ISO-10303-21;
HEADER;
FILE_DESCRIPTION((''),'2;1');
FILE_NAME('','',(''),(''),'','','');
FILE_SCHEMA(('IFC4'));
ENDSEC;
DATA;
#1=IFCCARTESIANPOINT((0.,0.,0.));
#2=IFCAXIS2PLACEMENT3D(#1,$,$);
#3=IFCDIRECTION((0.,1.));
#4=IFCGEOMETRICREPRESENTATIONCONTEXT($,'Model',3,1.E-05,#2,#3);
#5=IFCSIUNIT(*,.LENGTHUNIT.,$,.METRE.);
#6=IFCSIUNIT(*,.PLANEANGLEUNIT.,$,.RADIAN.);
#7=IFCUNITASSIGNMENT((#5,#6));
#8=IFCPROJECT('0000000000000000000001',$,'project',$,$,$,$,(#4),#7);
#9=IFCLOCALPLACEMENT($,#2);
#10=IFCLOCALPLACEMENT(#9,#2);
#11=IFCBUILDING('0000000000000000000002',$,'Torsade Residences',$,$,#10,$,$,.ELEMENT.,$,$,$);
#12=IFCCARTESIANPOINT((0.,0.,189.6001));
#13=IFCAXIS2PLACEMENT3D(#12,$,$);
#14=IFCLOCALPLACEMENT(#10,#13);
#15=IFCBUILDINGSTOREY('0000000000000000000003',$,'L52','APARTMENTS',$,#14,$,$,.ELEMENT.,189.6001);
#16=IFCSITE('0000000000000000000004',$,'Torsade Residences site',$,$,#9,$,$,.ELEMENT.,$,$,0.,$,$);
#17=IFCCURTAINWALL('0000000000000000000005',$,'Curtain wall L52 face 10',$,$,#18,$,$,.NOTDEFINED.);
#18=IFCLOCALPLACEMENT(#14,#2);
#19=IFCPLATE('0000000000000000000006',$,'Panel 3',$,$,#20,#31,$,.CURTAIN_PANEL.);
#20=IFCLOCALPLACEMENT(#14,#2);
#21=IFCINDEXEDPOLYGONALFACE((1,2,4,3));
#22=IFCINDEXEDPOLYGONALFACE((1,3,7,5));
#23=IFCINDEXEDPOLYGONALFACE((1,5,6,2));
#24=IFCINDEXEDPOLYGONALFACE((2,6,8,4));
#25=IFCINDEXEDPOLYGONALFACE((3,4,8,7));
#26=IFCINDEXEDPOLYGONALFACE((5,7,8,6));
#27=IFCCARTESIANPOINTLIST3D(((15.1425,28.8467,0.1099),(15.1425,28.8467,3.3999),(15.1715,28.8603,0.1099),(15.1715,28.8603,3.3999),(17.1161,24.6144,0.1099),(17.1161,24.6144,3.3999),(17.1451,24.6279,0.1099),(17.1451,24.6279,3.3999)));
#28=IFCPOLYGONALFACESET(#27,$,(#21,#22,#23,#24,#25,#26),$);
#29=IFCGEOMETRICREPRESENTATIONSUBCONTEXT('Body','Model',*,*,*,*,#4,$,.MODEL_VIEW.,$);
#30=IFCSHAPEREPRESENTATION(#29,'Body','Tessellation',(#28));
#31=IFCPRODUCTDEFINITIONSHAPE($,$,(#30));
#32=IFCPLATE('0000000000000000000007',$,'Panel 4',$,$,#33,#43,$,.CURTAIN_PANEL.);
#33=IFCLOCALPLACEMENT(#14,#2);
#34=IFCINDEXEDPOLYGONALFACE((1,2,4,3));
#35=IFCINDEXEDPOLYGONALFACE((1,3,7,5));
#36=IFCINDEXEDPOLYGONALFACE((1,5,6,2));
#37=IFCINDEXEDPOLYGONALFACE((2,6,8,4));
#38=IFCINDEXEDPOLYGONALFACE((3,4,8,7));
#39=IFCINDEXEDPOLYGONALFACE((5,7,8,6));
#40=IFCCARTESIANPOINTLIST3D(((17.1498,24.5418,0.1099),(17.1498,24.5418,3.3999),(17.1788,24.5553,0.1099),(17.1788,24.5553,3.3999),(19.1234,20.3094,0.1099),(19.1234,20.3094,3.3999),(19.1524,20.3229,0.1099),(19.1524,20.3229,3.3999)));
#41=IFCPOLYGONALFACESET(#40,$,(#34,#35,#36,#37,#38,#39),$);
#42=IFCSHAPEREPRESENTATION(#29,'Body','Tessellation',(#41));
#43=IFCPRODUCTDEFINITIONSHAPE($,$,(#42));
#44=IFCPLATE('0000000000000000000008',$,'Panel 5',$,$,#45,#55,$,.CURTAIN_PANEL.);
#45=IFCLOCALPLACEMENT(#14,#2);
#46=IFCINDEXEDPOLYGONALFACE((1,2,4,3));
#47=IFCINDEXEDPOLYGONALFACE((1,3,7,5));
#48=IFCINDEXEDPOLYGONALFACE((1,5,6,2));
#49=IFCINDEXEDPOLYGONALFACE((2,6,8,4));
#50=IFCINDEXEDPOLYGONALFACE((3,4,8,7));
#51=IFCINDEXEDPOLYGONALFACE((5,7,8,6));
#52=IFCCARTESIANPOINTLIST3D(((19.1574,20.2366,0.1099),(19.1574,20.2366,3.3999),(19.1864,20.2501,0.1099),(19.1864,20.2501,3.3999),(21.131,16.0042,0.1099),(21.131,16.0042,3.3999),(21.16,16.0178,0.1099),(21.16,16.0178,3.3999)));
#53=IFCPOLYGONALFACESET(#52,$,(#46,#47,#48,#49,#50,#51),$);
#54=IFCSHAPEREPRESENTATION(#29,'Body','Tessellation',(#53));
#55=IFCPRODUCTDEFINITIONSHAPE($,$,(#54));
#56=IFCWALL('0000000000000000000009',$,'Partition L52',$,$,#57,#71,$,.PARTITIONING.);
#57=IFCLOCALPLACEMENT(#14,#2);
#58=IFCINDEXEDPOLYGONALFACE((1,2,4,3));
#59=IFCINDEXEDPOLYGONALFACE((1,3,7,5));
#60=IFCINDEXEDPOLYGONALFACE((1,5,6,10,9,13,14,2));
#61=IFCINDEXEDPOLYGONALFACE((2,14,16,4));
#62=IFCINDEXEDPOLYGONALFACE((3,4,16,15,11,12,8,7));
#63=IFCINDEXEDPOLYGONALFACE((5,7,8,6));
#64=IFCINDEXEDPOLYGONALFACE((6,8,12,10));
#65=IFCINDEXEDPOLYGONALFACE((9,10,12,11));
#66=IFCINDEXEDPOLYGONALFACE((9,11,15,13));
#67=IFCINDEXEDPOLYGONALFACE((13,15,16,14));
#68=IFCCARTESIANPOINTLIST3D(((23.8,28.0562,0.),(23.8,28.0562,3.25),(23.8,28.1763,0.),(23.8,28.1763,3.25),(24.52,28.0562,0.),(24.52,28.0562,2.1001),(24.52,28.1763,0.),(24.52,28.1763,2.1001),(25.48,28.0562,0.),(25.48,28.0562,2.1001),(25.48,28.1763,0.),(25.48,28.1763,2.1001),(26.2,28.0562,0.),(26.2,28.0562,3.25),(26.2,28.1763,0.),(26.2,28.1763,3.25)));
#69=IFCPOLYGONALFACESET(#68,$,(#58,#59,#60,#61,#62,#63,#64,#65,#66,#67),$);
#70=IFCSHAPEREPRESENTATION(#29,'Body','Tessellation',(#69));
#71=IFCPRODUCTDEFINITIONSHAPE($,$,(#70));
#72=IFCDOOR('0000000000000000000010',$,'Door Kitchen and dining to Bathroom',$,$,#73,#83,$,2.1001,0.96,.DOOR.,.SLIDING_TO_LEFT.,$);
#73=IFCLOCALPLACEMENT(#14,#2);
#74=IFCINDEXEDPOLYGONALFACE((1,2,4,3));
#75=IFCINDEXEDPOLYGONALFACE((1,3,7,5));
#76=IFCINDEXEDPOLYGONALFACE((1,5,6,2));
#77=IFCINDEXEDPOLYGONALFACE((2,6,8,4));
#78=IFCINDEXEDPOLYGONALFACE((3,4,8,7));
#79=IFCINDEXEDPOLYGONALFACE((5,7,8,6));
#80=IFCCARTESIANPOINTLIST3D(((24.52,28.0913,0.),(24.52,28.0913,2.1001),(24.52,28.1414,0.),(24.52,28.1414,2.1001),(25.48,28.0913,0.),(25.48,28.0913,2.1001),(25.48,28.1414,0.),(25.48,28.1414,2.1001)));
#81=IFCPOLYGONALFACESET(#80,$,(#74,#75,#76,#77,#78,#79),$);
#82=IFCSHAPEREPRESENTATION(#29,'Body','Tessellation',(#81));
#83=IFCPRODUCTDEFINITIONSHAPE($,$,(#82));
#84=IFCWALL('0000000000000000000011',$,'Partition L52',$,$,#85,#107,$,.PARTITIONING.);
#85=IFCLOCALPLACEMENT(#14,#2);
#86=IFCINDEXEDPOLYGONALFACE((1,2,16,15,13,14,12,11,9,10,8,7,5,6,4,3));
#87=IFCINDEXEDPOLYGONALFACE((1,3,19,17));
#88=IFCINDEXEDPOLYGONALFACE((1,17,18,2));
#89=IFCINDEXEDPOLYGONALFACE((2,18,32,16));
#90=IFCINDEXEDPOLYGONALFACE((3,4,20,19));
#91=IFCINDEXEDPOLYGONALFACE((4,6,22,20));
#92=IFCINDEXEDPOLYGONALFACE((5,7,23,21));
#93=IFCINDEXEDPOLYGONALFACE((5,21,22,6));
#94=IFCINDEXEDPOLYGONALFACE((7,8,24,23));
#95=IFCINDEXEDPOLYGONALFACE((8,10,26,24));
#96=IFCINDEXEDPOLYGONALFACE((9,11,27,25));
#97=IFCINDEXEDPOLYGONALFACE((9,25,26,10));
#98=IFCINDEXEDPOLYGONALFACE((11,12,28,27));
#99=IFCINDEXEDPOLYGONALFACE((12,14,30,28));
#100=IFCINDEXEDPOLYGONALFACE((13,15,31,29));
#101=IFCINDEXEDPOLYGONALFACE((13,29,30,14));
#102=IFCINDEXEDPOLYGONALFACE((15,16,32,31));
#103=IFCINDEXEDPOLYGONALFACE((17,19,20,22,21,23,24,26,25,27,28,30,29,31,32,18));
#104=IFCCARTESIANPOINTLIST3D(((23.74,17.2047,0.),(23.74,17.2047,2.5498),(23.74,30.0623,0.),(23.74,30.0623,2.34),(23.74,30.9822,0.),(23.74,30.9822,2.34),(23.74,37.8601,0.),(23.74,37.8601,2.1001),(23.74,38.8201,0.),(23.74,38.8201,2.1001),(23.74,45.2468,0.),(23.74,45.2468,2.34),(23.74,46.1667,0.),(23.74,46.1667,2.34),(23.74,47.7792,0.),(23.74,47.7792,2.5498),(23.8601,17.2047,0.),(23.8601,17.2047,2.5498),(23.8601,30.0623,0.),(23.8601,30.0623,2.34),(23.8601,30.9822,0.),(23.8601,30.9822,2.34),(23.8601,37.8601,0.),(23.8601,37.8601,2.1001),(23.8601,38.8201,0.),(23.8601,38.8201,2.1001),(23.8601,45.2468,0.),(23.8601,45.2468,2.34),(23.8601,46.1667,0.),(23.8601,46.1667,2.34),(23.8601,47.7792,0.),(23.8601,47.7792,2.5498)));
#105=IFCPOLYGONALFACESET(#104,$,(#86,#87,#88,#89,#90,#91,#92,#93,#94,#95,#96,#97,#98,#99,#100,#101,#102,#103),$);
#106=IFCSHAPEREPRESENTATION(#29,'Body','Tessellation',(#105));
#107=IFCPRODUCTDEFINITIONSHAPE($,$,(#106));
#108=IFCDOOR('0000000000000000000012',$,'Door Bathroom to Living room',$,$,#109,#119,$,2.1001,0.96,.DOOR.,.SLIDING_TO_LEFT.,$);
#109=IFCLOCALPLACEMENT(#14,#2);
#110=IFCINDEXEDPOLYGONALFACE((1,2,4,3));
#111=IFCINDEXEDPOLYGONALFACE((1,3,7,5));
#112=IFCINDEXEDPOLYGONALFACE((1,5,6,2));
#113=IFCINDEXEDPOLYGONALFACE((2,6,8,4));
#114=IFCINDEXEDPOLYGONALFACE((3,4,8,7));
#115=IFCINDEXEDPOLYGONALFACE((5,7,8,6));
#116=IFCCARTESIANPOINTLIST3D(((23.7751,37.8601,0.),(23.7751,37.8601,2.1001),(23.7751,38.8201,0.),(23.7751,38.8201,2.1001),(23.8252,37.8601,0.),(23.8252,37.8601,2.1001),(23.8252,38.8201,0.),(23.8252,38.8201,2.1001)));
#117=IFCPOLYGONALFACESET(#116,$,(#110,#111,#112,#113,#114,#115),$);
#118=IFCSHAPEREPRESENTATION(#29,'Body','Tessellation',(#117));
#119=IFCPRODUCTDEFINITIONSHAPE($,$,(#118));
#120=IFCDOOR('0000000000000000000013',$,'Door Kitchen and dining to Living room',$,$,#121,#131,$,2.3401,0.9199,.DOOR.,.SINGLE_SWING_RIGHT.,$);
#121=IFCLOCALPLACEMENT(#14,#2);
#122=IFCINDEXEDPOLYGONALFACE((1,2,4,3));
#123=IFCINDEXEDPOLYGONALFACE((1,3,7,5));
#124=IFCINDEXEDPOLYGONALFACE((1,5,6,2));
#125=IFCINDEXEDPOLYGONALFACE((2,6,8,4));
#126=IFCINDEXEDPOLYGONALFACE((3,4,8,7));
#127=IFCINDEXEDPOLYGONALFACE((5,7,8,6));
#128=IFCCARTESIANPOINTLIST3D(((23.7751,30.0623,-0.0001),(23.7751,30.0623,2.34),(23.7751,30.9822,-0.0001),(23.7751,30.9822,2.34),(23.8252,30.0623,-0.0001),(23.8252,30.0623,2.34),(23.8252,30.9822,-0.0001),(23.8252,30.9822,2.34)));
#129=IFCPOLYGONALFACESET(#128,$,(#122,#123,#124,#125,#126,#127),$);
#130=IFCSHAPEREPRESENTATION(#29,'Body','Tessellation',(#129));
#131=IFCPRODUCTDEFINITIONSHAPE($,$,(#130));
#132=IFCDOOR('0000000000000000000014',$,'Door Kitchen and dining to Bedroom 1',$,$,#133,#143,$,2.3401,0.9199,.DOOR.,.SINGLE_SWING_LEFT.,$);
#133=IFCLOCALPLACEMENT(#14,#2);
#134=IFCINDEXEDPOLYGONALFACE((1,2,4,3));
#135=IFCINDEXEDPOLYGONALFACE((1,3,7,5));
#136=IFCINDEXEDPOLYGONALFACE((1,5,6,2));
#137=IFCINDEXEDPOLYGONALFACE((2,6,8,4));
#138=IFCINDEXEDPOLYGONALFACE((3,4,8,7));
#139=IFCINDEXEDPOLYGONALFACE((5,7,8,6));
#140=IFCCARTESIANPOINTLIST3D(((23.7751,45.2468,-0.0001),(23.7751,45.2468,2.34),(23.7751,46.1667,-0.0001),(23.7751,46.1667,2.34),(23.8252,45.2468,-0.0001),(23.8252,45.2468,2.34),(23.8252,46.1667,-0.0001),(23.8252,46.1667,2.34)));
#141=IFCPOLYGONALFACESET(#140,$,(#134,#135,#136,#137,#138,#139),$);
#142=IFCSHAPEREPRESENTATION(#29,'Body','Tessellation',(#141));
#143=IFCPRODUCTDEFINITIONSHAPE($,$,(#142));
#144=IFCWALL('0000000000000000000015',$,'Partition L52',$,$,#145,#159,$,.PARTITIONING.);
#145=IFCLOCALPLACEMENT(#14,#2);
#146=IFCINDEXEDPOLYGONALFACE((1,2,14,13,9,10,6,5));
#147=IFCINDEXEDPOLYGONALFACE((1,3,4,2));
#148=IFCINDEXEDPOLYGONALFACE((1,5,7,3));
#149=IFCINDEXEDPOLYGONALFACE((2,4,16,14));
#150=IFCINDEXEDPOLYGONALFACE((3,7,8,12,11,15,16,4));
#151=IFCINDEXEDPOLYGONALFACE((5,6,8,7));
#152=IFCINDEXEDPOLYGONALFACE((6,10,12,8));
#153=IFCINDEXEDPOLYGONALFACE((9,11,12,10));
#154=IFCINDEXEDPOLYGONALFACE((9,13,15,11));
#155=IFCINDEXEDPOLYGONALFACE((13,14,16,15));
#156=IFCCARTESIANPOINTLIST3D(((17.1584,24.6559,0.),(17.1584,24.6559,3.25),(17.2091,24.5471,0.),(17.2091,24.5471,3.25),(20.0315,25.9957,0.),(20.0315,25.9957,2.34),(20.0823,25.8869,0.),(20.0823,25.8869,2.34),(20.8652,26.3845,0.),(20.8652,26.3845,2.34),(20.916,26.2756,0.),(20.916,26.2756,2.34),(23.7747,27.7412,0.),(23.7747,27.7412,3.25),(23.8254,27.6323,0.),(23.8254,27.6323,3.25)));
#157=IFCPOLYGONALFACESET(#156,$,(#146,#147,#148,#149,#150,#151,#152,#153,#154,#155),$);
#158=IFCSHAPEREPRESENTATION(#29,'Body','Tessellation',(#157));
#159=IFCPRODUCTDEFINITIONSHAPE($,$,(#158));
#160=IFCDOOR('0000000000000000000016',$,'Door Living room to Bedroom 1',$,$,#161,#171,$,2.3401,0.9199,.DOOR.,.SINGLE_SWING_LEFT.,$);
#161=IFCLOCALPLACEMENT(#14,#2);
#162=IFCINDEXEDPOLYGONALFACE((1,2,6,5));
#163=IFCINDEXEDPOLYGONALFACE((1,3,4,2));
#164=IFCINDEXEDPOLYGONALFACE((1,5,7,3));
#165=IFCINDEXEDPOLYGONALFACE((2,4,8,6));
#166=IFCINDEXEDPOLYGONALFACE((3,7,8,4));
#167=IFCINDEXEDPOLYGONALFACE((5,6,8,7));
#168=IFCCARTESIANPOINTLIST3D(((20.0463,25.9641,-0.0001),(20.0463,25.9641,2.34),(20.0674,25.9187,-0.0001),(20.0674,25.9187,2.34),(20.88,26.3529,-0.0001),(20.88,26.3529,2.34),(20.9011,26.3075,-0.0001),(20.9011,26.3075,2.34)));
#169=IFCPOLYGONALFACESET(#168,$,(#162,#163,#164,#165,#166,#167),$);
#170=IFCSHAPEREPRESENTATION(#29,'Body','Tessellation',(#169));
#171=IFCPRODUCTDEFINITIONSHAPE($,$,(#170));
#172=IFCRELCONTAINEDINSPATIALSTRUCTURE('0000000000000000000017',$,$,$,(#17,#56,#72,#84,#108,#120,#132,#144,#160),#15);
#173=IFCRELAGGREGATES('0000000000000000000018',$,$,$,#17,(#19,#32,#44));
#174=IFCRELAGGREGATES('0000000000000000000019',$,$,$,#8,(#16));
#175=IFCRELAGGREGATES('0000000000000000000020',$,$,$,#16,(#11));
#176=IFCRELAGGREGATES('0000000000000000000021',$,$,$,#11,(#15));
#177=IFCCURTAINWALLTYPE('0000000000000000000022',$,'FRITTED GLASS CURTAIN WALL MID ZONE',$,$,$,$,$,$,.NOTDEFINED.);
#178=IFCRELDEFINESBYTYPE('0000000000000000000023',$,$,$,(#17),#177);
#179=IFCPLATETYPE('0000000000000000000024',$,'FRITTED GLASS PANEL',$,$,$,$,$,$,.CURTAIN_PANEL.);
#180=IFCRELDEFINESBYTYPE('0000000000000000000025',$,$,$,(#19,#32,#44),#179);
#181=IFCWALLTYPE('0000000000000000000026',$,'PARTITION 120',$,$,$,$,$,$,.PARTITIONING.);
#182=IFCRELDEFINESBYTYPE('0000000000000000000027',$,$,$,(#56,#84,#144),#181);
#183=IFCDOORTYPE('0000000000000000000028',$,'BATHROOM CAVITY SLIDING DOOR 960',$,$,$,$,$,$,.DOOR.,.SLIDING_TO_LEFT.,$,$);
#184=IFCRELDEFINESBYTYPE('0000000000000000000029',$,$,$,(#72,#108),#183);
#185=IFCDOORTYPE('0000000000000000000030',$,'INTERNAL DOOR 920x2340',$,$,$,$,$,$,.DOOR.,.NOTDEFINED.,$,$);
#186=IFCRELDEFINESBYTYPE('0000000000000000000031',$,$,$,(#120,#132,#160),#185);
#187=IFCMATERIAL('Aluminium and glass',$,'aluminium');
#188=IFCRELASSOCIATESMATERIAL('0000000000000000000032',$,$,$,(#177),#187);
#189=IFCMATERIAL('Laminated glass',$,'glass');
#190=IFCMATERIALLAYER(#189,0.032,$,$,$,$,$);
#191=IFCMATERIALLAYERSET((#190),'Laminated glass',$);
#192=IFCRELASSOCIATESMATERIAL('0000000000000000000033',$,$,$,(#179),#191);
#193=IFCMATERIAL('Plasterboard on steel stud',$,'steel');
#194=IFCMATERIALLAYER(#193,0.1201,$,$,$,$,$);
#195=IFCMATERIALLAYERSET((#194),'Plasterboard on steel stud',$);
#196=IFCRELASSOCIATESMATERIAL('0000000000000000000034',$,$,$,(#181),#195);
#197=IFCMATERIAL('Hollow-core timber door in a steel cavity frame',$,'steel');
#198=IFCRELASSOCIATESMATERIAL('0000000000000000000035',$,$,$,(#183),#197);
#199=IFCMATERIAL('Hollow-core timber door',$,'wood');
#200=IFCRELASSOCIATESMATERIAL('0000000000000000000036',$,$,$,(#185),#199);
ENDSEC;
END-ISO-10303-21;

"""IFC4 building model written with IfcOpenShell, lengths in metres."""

from ifc_helpers import new_model, si_unit, direction, frame, frame_2d, origin, origin_2d, place, context, subcontext, project, spatial, rectangle, extrude, material, layer, layer_set, type_object, element, fill, aggregate, save


model = new_model("IFC4")

# Units and contexts
model_context = context("Model", 3, precision=1e-05, world=origin(), true_north=direction((0.0, 1.0)))
body_context = subcontext(model_context, "Body", "Model", "MODEL_VIEW")
ifc_project = project(units=[si_unit("LENGTHUNIT", "METRE"), si_unit("PLANEANGLEUNIT", "RADIAN")], contexts=[model_context])

# Site, building, storey
site_placement = place(None, origin())
site = spatial("IfcSite", under=ifc_project, at=site_placement, Name="Torsade Residences site", CompositionType="ELEMENT", RefElevation=0.0)
building_placement = place(site_placement, origin())
building = spatial("IfcBuilding", under=site, at=building_placement, Name="Torsade Residences", CompositionType="ELEMENT")
storey_placement = place(building_placement, frame((0.0, 0.0, 189.6001)))
storey = spatial("IfcBuildingStorey", under=building, at=storey_placement, Name="L52", Description="APARTMENTS", CompositionType="ELEMENT", Elevation=189.6001)

# Curtain wall
ifc_material_1 = material(Name="Aluminium and glass", Category="aluminium")
curtain_wall_type = type_object("IfcCurtainWallType", Name="FRITTED GLASS CURTAIN WALL MID ZONE", PredefinedType="NOTDEFINED", material=ifc_material_1)
curtain_wall_placement = place(storey_placement, origin())
curtain_wall = element("IfcCurtainWall", 1, at=curtain_wall_placement, inside=storey, type_object=curtain_wall_type, Name="Curtain wall L52 face 10", PredefinedType="NOTDEFINED")

# Plates
ifc_material_2 = material(Name="Laminated glass", Category="glass")
ifc_layer_1 = layer(ifc_material_2, 0.032)
ifc_layer_set_1 = layer_set([ifc_layer_1], Name="Laminated glass")
plate_type = type_object("IfcPlateType", Name="FRITTED GLASS PANEL", PredefinedType="CURTAIN_PANEL", material=ifc_layer_set_1)
plate_1_placement = place(storey_placement, frame((16.1438, 26.7373, 0.1099), z_axis=(0.0, 0.0, 1.0), x_axis=(0.422618, -0.906308, 0.0)))
plate_1 = element("IfcPlate", 2, at=plate_1_placement, type_object=plate_type, Name="Panel 3", PredefinedType="CURTAIN_PANEL", context=body_context, shape_type="SweptSolid", body=[
    extrude(rectangle(XDim=4.6699, YDim=0.032, at=origin_2d()), origin(), (0.0, 0.0, 1.0), 3.29),
])
plate_2_placement = place(storey_placement, frame((18.1511, 22.4324, 0.1099), z_axis=(0.0, 0.0, 1.0), x_axis=(0.422618, -0.906308, 0.0)))
plate_2 = element("IfcPlate", 3, at=plate_2_placement, type_object=plate_type, Name="Panel 4", PredefinedType="CURTAIN_PANEL", context=body_context, shape_type="SweptSolid", body=[
    extrude(rectangle(XDim=4.6699, YDim=0.032, at=origin_2d()), origin(), (0.0, 0.0, 1.0), 3.29),
])
plate_3_placement = place(storey_placement, frame((20.1587, 18.1272, 0.1099), z_axis=(0.0, 0.0, 1.0), x_axis=(0.422618, -0.906308, 0.0)))
plate_3 = element("IfcPlate", 4, at=plate_3_placement, type_object=plate_type, Name="Panel 5", PredefinedType="CURTAIN_PANEL", context=body_context, shape_type="SweptSolid", body=[
    extrude(rectangle(XDim=4.6699, YDim=0.032, at=origin_2d()), origin(), (0.0, 0.0, 1.0), 3.29),
])
aggregate(curtain_wall, [plate_1, plate_2, plate_3])

# Wall, opening, door
ifc_material_3 = material(Name="Plasterboard on steel stud", Category="steel")
ifc_layer_2 = layer(ifc_material_3, 0.1201)
ifc_layer_set_2 = layer_set([ifc_layer_2], Name="Plasterboard on steel stud")
wall_type_1 = type_object("IfcWallType", Name="PARTITION 120", PredefinedType="PARTITIONING", material=ifc_layer_set_2)
wall_1_placement = place(storey_placement, frame((26.2, 28.1162, 0.0), z_axis=(0.0, 0.0, 1.0), x_axis=(-1.0, 0.0, 0.0)))
wall_1 = element("IfcWall", 5, at=wall_1_placement, inside=storey, type_object=wall_type_1, Name="Partition L52", PredefinedType="PARTITIONING", context=body_context, shape_type="SweptSolid", body=[
    extrude(rectangle(XDim=2.3999, YDim=0.1201, at=frame_2d((1.2, 0.0))), origin(), (0.0, 0.0, 1.0), 3.25),
])
opening_1_placement = place(wall_1_placement, frame((0.72, 0.0, 0.0)))
opening_1 = element("IfcOpeningElement", 6, at=opening_1_placement, cuts=wall_1, PredefinedType="OPENING", context=body_context, shape_type="SweptSolid", body=[
    extrude(rectangle(XDim=0.96, YDim=2.1001, at=frame_2d((0.48, 1.05))), frame((0.0, 0.0701, 0.0), z_axis=(0.0, -1.0, 0.0), x_axis=(1.0, 0.0, 0.0)), (0.0, 0.0, 1.0), 0.1401),
])
ifc_material_4 = material(Name="Hollow-core timber door in a steel cavity frame", Category="steel")
door_type_1 = type_object("IfcDoorType", Name="BATHROOM CAVITY SLIDING DOOR 960", OperationType="SLIDING_TO_LEFT", PredefinedType="DOOR", material=ifc_material_4)
door_1_placement = place(opening_1_placement, origin())
door_1 = element("IfcDoor", 7, at=door_1_placement, inside=storey, type_object=door_type_1, Name="Door Kitchen and dining to Bathroom", OperationType="SLIDING_TO_LEFT", OverallHeight=2.1001, OverallWidth=0.96, PredefinedType="DOOR", context=body_context, shape_type="SweptSolid", body=[
    extrude(rectangle(XDim=0.96, YDim=2.1001, at=frame_2d((0.48, 1.05))), frame((0.0, 0.0249, 0.0), z_axis=(0.0, -1.0, 0.0), x_axis=(1.0, 0.0, 0.0)), (0.0, 0.0, 1.0), 0.05),
])
fill(opening_1, door_1)

# Wall, openings, doors
wall_2_placement = place(storey_placement, frame((23.8, 17.2048, 0.0), z_axis=(0.0, 0.0, 1.0), x_axis=(0.0, 1.0, 0.0)))
wall_2 = element("IfcWall", 8, at=wall_2_placement, inside=storey, type_object=wall_type_1, Name="Partition L52", PredefinedType="PARTITIONING", context=body_context, shape_type="SweptSolid", body=[
    extrude(rectangle(XDim=30.5745, YDim=0.1201, at=frame_2d((15.2871, 0.0))), origin(), (0.0, 0.0, 1.0), 2.5498),
])
opening_2_placement = place(wall_2_placement, frame((12.8574, 0.0, 0.0)))
opening_2 = element("IfcOpeningElement", 9, at=opening_2_placement, cuts=wall_2, PredefinedType="OPENING", context=body_context, shape_type="SweptSolid", body=[
    extrude(rectangle(XDim=0.9199, YDim=2.3401, at=frame_2d((0.46, 1.1699))), frame((0.0, 0.0701, 0.0), z_axis=(0.0, -1.0, 0.0), x_axis=(1.0, 0.0, 0.0)), (0.0, 0.0, 1.0), 0.1401),
])
opening_3_placement = place(wall_2_placement, frame((28.042, 0.0, 0.0)))
opening_3 = element("IfcOpeningElement", 10, at=opening_3_placement, cuts=wall_2, PredefinedType="OPENING", context=body_context, shape_type="SweptSolid", body=[
    extrude(rectangle(XDim=0.9199, YDim=2.3401, at=frame_2d((0.46, 1.1699))), frame((0.0, 0.0701, 0.0), z_axis=(0.0, -1.0, 0.0), x_axis=(1.0, 0.0, 0.0)), (0.0, 0.0, 1.0), 0.1401),
])
opening_4_placement = place(wall_2_placement, frame((20.6553, 0.0, 0.0)))
opening_4 = element("IfcOpeningElement", 11, at=opening_4_placement, cuts=wall_2, PredefinedType="OPENING", context=body_context, shape_type="SweptSolid", body=[
    extrude(rectangle(XDim=0.96, YDim=2.1001, at=frame_2d((0.48, 1.05))), frame((0.0, 0.0701, 0.0), z_axis=(0.0, -1.0, 0.0), x_axis=(1.0, 0.0, 0.0)), (0.0, 0.0, 1.0), 0.1401),
])
door_2_placement = place(opening_4_placement, origin())
door_2 = element("IfcDoor", 12, at=door_2_placement, inside=storey, type_object=door_type_1, Name="Door Bathroom to Living room", OperationType="SLIDING_TO_LEFT", OverallHeight=2.1001, OverallWidth=0.96, PredefinedType="DOOR", context=body_context, shape_type="SweptSolid", body=[
    extrude(rectangle(XDim=0.96, YDim=2.1001, at=frame_2d((0.48, 1.05))), frame((0.0, 0.0249, 0.0), z_axis=(0.0, -1.0, 0.0), x_axis=(1.0, 0.0, 0.0)), (0.0, 0.0, 1.0), 0.05),
])
fill(opening_4, door_2)
ifc_material_5 = material(Name="Hollow-core timber door", Category="wood")
door_type_2 = type_object("IfcDoorType", Name="INTERNAL DOOR 920x2340", OperationType="NOTDEFINED", PredefinedType="DOOR", material=ifc_material_5)
door_3_placement = place(opening_2_placement, origin())
door_3 = element("IfcDoor", 13, at=door_3_placement, inside=storey, type_object=door_type_2, Name="Door Kitchen and dining to Living room", OperationType="SINGLE_SWING_RIGHT", OverallHeight=2.3401, OverallWidth=0.9199, PredefinedType="DOOR", context=body_context, shape_type="SweptSolid", body=[
    extrude(rectangle(XDim=0.9199, YDim=2.3401, at=frame_2d((0.46, 1.1699))), frame((0.0, 0.0249, 0.0), z_axis=(0.0, -1.0, 0.0), x_axis=(1.0, 0.0, 0.0)), (0.0, 0.0, 1.0), 0.05),
])
fill(opening_2, door_3)
door_4_placement = place(opening_3_placement, origin())
door_4 = element("IfcDoor", 14, at=door_4_placement, inside=storey, type_object=door_type_2, Name="Door Kitchen and dining to Bedroom 1", OperationType="SINGLE_SWING_LEFT", OverallHeight=2.3401, OverallWidth=0.9199, PredefinedType="DOOR", context=body_context, shape_type="SweptSolid", body=[
    extrude(rectangle(XDim=0.9199, YDim=2.3401, at=frame_2d((0.46, 1.1699))), frame((0.0, 0.0249, 0.0), z_axis=(0.0, -1.0, 0.0), x_axis=(1.0, 0.0, 0.0)), (0.0, 0.0, 1.0), 0.05),
])
fill(opening_3, door_4)

# Wall, opening, door
wall_3_placement = place(storey_placement, frame((23.8, 27.6868, 0.0), z_axis=(0.0, 0.0, 1.0), x_axis=(-0.906307, -0.42262, 0.0)))
wall_3 = element("IfcWall", 15, at=wall_3_placement, inside=storey, type_object=wall_type_1, Name="Partition L52", PredefinedType="PARTITIONING", context=body_context, shape_type="SweptSolid", body=[
    extrude(rectangle(XDim=7.3003, YDim=0.1201, at=frame_2d((3.6501, 0.0))), origin(), (0.0, 0.0, 1.0), 3.25),
])
opening_5_placement = place(wall_3_placement, frame((3.2102, 0.0, 0.0)))
opening_5 = element("IfcOpeningElement", 16, at=opening_5_placement, cuts=wall_3, PredefinedType="OPENING", context=body_context, shape_type="SweptSolid", body=[
    extrude(rectangle(XDim=0.9199, YDim=2.3401, at=frame_2d((0.46, 1.1699))), frame((0.0, 0.0701, 0.0), z_axis=(0.0, -1.0, 0.0), x_axis=(1.0, 0.0, 0.0)), (0.0, 0.0, 1.0), 0.1401),
])
door_5_placement = place(opening_5_placement, origin())
door_5 = element("IfcDoor", 17, at=door_5_placement, inside=storey, type_object=door_type_2, Name="Door Living room to Bedroom 1", OperationType="SINGLE_SWING_LEFT", OverallHeight=2.3401, OverallWidth=0.9199, PredefinedType="DOOR", context=body_context, shape_type="SweptSolid", body=[
    extrude(rectangle(XDim=0.9199, YDim=2.3401, at=frame_2d((0.46, 1.1699))), frame((0.0, 0.0249, 0.0), z_axis=(0.0, -1.0, 0.0), x_axis=(1.0, 0.0, 0.0)), (0.0, 0.0, 1.0), 0.05),
])
fill(opening_5, door_5)

save(model, "model.ifc")
